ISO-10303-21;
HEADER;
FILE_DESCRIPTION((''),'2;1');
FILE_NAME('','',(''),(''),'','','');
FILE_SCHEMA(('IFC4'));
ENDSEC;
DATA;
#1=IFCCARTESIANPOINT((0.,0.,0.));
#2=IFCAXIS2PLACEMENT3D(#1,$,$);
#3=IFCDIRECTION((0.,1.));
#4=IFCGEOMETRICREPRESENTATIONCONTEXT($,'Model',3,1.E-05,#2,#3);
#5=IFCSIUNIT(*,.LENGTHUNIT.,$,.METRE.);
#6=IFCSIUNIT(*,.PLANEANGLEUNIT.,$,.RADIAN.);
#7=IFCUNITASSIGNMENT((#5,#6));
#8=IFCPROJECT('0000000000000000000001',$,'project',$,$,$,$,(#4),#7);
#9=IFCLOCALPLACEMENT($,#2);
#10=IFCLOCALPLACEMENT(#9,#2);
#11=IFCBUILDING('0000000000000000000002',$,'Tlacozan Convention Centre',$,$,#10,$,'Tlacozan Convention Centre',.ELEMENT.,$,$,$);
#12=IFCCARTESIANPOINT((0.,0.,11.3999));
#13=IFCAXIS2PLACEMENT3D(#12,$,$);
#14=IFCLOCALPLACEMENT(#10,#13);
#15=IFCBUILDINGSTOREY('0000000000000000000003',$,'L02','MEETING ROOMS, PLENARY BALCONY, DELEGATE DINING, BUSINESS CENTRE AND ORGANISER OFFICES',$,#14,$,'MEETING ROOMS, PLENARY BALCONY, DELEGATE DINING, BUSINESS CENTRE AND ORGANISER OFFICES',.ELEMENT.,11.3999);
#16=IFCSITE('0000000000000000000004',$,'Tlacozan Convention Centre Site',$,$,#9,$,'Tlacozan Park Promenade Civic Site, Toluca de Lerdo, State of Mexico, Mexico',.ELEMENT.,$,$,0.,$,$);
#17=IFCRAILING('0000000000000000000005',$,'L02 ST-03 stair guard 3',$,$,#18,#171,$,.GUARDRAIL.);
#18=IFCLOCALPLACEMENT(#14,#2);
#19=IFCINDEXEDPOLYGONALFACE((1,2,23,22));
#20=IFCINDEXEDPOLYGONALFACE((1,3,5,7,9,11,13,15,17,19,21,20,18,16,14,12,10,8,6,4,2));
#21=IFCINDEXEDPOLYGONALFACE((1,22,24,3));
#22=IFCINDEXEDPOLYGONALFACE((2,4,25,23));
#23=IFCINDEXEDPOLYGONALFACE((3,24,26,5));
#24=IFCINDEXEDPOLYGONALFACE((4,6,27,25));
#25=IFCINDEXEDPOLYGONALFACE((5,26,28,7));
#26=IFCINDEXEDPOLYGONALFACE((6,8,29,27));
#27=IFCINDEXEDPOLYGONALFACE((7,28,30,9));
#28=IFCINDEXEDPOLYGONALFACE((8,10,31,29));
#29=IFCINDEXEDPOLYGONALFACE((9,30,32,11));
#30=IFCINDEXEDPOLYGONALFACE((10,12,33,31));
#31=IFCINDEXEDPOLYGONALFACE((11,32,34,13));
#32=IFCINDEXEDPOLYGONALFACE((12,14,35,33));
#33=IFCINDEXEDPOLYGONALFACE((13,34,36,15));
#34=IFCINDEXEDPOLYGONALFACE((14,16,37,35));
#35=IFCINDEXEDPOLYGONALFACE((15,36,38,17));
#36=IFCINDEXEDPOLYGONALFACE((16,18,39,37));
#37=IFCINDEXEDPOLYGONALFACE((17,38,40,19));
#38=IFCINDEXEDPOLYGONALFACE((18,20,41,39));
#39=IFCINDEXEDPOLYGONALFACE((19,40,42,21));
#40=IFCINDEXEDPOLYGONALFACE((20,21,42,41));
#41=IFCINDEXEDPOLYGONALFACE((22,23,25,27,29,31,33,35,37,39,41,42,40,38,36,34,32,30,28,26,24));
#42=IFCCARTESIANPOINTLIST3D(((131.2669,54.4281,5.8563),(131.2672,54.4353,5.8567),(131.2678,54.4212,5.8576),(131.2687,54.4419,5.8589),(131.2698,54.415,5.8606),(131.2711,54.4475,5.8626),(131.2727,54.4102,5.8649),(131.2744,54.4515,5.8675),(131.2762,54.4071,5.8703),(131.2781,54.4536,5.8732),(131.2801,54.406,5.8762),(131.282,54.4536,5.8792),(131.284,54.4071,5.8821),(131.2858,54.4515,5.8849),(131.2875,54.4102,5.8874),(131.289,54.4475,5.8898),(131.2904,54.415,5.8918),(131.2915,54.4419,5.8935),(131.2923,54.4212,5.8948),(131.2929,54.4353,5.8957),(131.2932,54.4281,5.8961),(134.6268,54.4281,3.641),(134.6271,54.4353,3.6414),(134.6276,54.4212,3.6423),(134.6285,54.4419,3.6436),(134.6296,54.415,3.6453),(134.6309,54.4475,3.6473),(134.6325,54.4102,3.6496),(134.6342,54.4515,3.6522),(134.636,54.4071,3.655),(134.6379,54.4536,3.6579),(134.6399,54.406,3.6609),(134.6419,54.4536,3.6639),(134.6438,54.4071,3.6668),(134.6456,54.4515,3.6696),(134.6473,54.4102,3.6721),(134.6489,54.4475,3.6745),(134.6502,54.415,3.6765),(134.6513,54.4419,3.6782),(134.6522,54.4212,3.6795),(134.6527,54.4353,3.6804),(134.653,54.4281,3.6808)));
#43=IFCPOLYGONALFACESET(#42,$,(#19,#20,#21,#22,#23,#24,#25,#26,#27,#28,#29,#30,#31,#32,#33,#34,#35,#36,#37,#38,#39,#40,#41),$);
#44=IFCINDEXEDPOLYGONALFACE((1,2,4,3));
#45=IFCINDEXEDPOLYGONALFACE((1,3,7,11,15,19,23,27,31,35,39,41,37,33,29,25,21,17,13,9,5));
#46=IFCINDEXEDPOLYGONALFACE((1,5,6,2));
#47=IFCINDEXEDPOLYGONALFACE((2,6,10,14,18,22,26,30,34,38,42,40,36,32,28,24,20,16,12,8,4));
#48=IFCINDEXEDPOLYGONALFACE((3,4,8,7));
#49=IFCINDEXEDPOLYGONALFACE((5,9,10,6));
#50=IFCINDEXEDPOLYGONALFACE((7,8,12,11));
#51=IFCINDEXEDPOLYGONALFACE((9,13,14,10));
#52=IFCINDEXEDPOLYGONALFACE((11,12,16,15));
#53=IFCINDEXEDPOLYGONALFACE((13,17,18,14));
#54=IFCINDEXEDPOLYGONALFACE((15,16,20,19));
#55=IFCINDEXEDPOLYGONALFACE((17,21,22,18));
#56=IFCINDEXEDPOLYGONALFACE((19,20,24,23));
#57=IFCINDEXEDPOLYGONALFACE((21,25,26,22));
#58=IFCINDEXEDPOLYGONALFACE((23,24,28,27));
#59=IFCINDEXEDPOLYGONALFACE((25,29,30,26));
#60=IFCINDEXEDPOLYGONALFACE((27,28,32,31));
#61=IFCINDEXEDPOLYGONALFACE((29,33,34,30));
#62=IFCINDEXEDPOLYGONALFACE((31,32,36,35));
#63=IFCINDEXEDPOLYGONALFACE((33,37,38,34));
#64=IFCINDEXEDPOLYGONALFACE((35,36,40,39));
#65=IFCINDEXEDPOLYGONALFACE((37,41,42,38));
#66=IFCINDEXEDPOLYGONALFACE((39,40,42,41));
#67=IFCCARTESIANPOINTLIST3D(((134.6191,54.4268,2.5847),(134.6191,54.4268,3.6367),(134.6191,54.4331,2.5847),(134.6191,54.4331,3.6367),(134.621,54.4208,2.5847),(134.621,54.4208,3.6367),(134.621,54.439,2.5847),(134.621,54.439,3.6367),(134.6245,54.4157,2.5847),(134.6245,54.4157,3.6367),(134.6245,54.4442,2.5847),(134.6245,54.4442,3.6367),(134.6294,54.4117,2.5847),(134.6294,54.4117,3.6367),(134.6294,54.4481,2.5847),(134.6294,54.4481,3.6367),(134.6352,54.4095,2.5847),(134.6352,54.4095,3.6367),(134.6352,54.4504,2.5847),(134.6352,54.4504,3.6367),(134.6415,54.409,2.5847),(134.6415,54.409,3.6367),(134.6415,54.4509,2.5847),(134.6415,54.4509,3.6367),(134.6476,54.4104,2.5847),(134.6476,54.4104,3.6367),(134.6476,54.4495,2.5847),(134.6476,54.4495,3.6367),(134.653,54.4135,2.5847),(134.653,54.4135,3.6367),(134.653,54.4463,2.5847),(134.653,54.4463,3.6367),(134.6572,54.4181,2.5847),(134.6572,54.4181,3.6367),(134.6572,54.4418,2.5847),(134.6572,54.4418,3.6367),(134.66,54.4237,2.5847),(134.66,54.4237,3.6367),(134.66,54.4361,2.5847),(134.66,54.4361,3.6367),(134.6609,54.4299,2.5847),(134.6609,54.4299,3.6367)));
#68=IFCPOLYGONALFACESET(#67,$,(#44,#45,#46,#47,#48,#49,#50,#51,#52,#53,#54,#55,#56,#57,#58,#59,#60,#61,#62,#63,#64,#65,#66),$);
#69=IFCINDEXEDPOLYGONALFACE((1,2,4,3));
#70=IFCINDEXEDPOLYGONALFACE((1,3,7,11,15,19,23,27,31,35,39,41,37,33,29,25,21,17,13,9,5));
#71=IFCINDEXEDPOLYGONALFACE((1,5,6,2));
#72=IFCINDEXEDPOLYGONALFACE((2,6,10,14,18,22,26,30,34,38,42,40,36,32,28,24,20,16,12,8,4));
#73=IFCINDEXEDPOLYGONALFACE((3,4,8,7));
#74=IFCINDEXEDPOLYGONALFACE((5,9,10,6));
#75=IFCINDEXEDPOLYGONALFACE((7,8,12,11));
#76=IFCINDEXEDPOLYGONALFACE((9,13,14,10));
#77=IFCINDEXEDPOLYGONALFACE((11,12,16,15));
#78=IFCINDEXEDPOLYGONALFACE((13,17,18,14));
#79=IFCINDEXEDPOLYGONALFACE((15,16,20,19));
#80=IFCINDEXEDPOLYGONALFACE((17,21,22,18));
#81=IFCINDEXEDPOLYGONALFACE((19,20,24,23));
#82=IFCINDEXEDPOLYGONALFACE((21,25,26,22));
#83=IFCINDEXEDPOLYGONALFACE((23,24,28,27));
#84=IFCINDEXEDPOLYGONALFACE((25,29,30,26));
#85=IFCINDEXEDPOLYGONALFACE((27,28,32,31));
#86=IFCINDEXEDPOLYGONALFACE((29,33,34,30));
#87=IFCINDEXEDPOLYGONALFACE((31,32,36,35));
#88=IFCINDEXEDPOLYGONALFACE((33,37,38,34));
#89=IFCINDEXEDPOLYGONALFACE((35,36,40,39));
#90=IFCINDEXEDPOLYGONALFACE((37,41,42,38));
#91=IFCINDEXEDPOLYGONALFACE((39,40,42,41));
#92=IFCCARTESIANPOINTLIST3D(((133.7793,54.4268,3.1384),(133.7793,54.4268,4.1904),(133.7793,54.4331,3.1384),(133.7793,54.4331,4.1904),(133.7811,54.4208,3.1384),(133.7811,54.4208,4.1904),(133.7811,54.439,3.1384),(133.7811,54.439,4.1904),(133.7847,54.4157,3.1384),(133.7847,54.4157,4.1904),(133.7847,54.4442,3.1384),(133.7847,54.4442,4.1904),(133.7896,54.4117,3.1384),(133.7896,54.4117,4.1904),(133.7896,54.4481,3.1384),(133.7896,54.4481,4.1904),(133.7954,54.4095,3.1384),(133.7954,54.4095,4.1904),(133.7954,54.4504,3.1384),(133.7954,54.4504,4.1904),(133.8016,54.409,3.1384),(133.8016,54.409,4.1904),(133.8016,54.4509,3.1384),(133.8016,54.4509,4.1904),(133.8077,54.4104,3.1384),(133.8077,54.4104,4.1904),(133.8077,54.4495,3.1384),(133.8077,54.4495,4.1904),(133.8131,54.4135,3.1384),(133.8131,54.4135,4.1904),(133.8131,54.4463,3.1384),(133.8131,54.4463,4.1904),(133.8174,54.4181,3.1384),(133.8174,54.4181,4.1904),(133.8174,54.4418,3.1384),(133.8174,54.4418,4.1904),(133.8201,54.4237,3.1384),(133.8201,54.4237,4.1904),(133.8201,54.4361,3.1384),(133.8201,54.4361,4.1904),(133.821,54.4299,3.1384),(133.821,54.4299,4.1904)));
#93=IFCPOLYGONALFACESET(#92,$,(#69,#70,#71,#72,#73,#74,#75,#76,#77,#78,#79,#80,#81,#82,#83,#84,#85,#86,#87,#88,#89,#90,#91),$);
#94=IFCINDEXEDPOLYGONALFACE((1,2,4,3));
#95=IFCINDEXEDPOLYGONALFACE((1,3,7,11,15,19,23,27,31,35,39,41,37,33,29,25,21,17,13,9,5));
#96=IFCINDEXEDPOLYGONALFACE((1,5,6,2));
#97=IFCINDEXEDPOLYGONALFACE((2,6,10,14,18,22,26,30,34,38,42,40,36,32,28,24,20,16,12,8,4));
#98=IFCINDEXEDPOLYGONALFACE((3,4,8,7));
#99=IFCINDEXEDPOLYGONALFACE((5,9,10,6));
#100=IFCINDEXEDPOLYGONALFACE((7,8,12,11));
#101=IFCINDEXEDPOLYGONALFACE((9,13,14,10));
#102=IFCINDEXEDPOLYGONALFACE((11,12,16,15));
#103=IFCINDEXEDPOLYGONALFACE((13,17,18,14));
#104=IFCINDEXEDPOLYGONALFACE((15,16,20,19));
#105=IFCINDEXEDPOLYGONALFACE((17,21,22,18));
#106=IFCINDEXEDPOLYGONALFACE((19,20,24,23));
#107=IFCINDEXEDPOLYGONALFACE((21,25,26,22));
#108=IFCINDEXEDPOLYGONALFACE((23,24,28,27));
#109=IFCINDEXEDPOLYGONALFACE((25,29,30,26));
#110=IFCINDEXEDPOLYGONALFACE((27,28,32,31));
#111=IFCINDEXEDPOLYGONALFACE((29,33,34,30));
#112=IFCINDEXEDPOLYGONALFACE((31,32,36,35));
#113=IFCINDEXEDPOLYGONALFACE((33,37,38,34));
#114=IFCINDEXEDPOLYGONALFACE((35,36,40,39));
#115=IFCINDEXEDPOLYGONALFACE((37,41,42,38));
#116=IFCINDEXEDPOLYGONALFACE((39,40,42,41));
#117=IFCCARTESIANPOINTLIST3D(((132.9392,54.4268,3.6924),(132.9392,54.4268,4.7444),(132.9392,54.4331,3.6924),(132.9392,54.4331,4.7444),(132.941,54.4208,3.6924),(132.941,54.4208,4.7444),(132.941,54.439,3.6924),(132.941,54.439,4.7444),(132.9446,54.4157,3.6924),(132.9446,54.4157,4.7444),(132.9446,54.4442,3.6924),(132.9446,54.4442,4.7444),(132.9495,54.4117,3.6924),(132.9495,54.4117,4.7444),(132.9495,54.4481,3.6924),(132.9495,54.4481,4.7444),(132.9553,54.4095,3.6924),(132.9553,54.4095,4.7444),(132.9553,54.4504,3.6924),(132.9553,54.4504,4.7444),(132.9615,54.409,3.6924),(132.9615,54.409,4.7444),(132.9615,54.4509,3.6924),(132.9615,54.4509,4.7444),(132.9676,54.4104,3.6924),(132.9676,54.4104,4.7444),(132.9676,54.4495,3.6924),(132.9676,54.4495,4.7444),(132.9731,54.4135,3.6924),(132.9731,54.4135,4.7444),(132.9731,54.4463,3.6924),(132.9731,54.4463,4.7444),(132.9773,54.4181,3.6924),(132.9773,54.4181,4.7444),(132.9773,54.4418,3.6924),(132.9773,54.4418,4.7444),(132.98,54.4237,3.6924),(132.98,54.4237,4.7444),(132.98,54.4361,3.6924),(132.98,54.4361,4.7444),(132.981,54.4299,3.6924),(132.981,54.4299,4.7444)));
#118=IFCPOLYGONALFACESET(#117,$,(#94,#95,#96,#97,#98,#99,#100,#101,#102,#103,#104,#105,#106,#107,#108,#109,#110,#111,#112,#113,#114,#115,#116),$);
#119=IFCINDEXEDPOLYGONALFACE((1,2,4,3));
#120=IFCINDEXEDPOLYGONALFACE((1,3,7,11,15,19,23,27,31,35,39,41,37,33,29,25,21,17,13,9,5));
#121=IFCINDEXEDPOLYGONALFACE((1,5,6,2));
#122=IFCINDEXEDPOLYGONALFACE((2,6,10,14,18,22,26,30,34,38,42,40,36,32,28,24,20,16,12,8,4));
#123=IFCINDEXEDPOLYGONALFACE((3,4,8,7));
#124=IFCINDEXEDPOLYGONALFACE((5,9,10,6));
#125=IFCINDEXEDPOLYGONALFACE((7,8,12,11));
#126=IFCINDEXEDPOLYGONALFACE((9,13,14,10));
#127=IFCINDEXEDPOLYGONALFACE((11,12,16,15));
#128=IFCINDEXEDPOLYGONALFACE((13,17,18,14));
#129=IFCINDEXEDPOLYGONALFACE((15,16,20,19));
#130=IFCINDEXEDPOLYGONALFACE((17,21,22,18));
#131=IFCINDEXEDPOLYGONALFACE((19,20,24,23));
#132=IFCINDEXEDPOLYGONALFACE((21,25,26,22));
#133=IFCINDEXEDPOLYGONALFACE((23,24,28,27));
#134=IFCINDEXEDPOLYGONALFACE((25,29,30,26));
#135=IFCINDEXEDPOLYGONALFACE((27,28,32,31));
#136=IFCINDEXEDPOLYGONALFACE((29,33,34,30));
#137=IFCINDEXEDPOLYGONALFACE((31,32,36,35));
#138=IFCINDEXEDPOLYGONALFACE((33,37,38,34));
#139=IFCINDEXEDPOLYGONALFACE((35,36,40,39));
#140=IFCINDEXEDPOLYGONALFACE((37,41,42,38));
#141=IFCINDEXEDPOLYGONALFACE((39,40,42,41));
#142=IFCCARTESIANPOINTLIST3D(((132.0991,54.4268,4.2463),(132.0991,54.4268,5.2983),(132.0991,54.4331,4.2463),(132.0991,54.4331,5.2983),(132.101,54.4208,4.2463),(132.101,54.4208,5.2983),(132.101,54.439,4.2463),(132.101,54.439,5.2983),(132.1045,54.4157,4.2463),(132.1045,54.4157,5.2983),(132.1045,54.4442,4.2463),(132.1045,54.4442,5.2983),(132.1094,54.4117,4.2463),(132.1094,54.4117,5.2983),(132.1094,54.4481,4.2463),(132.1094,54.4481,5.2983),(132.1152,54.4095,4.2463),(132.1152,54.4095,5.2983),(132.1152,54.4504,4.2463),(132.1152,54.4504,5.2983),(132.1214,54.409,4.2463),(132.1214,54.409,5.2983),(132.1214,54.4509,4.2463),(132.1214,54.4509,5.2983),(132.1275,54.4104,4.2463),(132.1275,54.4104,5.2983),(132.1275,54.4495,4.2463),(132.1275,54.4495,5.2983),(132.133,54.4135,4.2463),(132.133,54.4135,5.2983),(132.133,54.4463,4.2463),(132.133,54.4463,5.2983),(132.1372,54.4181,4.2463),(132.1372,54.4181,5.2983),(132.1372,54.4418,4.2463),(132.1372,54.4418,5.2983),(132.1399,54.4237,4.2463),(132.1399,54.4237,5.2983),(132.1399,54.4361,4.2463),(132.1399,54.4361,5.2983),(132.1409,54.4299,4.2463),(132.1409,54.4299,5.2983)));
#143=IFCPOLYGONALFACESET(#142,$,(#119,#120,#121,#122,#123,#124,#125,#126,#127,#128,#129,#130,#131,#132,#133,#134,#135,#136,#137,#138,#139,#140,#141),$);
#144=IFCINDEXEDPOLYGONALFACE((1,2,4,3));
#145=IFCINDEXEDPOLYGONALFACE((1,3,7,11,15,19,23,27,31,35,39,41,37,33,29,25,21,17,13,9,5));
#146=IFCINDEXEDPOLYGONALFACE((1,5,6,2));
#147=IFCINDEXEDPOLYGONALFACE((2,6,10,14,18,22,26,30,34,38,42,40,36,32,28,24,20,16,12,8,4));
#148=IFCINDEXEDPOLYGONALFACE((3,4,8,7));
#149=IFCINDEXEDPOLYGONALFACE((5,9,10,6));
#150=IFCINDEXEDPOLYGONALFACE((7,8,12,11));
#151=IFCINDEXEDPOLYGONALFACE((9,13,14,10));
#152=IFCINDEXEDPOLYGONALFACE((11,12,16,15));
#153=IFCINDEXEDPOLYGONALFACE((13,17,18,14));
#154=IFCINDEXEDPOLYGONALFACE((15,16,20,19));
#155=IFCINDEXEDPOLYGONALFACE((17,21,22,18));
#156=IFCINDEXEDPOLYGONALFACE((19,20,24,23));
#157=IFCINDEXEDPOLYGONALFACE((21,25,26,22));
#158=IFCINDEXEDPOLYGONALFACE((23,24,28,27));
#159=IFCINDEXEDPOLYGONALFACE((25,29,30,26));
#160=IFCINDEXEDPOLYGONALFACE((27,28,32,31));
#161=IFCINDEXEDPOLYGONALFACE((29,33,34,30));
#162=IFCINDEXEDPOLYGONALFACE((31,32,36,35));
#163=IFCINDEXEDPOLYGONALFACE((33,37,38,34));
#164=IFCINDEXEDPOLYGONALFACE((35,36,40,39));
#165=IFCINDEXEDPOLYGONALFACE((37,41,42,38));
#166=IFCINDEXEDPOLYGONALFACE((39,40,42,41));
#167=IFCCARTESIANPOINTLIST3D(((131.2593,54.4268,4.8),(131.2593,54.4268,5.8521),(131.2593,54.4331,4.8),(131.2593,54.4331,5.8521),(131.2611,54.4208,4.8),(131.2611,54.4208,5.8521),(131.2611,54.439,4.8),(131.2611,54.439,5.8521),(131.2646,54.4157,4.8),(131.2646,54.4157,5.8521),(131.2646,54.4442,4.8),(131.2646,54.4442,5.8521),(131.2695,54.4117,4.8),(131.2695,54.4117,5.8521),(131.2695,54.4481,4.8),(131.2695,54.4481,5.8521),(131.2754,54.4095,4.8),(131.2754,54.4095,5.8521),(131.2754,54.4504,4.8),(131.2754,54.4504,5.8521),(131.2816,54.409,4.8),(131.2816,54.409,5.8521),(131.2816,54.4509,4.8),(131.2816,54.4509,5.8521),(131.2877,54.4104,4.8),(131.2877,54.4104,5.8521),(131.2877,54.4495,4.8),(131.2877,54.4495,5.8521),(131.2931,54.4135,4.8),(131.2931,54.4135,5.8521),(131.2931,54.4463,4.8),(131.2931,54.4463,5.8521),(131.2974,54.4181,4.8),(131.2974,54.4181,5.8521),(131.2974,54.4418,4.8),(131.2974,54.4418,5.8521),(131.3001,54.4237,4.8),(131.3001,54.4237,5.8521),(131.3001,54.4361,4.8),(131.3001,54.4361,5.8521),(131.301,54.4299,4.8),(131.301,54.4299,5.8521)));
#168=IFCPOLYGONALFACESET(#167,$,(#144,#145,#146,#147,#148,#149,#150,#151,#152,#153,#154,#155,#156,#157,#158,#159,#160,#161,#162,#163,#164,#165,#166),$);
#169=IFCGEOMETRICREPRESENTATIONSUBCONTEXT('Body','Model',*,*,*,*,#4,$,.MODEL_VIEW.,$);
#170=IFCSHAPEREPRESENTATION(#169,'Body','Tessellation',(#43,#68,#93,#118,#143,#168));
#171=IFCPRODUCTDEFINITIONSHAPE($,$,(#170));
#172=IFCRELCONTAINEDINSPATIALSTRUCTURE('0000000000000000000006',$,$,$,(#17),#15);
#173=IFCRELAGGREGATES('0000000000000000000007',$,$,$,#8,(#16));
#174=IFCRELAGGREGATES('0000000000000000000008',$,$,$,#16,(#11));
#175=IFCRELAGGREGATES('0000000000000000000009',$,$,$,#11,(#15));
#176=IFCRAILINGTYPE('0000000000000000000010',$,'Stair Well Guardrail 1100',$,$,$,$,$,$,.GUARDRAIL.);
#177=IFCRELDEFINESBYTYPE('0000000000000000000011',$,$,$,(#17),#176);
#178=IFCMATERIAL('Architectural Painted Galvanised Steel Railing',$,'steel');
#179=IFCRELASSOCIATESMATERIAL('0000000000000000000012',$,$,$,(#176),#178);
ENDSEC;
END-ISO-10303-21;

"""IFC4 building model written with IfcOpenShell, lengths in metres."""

from ifc_helpers import new_model, si_unit, direction, frame, origin, origin_2d, place, context, subcontext, project, spatial, circle, extrude, material, type_object, element, save


model = new_model("IFC4")

# Units and contexts
model_context = context("Model", 3, precision=1e-05, world=origin(), true_north=direction((0.0, 1.0)))
body_context = subcontext(model_context, "Body", "Model", "MODEL_VIEW")
ifc_project = project(units=[si_unit("LENGTHUNIT", "METRE"), si_unit("PLANEANGLEUNIT", "RADIAN")], contexts=[model_context])

# Site, building, storey
site_placement = place(None, origin())
site = spatial("IfcSite", under=ifc_project, at=site_placement, Name="Tlacozan Convention Centre Site", LongName="Tlacozan Park Promenade Civic Site, Toluca de Lerdo, State of Mexico, Mexico", CompositionType="ELEMENT", RefElevation=0.0)
building_placement = place(site_placement, origin())
building = spatial("IfcBuilding", under=site, at=building_placement, Name="Tlacozan Convention Centre", LongName="Tlacozan Convention Centre", CompositionType="ELEMENT")
storey_placement = place(building_placement, frame((0.0, 0.0, 11.3999)))
storey = spatial("IfcBuildingStorey", under=building, at=storey_placement, Name="L02", Description="MEETING ROOMS, PLENARY BALCONY, DELEGATE DINING, BUSINESS CENTRE AND ORGANISER OFFICES", LongName="MEETING ROOMS, PLENARY BALCONY, DELEGATE DINING, BUSINESS CENTRE AND ORGANISER OFFICES", CompositionType="ELEMENT", Elevation=11.3999)

# Railing
ifc_material_1 = material(Name="Architectural Painted Galvanised Steel Railing", Category="steel")
railing_type_1 = type_object("IfcRailingType", Name="Stair Well Guardrail 1100", PredefinedType="GUARDRAIL", material=ifc_material_1)
railing_1_placement = place(storey_placement, frame((134.6399, 54.4299, 2.5847)))
element("IfcRailing", 1, at=railing_1_placement, inside=storey, type_object=railing_type_1, Name="L02 ST-03 stair guard 3", PredefinedType="GUARDRAIL", context=body_context, shape_type="SweptSolid", body=[
    extrude(circle(Radius=0.0239, at=origin_2d()), frame((0.0, 0.0, 1.0762), z_axis=(-0.834858, 0.0, 0.550465), x_axis=(0.0, -1.0, 0.0)), (0.0, 0.0, 1.0), 4.0244),
    extrude(circle(Radius=0.021, at=origin_2d()), origin(), (0.0, 0.0, 1.0), 1.052),
    extrude(circle(Radius=0.021, at=origin_2d()), frame((-0.8398, 0.0, 0.5537)), (0.0, 0.0, 1.0), 1.052),
    extrude(circle(Radius=0.021, at=origin_2d()), frame((-1.6799, 0.0, 1.1077)), (0.0, 0.0, 1.0), 1.052),
    extrude(circle(Radius=0.021, at=origin_2d()), frame((-2.52, 0.0, 1.6616)), (0.0, 0.0, 1.0), 1.052),
    extrude(circle(Radius=0.021, at=origin_2d()), frame((-3.3599, 0.0, 2.2153)), (0.0, 0.0, 1.0), 1.052),
])

save(model, "model.ifc")
